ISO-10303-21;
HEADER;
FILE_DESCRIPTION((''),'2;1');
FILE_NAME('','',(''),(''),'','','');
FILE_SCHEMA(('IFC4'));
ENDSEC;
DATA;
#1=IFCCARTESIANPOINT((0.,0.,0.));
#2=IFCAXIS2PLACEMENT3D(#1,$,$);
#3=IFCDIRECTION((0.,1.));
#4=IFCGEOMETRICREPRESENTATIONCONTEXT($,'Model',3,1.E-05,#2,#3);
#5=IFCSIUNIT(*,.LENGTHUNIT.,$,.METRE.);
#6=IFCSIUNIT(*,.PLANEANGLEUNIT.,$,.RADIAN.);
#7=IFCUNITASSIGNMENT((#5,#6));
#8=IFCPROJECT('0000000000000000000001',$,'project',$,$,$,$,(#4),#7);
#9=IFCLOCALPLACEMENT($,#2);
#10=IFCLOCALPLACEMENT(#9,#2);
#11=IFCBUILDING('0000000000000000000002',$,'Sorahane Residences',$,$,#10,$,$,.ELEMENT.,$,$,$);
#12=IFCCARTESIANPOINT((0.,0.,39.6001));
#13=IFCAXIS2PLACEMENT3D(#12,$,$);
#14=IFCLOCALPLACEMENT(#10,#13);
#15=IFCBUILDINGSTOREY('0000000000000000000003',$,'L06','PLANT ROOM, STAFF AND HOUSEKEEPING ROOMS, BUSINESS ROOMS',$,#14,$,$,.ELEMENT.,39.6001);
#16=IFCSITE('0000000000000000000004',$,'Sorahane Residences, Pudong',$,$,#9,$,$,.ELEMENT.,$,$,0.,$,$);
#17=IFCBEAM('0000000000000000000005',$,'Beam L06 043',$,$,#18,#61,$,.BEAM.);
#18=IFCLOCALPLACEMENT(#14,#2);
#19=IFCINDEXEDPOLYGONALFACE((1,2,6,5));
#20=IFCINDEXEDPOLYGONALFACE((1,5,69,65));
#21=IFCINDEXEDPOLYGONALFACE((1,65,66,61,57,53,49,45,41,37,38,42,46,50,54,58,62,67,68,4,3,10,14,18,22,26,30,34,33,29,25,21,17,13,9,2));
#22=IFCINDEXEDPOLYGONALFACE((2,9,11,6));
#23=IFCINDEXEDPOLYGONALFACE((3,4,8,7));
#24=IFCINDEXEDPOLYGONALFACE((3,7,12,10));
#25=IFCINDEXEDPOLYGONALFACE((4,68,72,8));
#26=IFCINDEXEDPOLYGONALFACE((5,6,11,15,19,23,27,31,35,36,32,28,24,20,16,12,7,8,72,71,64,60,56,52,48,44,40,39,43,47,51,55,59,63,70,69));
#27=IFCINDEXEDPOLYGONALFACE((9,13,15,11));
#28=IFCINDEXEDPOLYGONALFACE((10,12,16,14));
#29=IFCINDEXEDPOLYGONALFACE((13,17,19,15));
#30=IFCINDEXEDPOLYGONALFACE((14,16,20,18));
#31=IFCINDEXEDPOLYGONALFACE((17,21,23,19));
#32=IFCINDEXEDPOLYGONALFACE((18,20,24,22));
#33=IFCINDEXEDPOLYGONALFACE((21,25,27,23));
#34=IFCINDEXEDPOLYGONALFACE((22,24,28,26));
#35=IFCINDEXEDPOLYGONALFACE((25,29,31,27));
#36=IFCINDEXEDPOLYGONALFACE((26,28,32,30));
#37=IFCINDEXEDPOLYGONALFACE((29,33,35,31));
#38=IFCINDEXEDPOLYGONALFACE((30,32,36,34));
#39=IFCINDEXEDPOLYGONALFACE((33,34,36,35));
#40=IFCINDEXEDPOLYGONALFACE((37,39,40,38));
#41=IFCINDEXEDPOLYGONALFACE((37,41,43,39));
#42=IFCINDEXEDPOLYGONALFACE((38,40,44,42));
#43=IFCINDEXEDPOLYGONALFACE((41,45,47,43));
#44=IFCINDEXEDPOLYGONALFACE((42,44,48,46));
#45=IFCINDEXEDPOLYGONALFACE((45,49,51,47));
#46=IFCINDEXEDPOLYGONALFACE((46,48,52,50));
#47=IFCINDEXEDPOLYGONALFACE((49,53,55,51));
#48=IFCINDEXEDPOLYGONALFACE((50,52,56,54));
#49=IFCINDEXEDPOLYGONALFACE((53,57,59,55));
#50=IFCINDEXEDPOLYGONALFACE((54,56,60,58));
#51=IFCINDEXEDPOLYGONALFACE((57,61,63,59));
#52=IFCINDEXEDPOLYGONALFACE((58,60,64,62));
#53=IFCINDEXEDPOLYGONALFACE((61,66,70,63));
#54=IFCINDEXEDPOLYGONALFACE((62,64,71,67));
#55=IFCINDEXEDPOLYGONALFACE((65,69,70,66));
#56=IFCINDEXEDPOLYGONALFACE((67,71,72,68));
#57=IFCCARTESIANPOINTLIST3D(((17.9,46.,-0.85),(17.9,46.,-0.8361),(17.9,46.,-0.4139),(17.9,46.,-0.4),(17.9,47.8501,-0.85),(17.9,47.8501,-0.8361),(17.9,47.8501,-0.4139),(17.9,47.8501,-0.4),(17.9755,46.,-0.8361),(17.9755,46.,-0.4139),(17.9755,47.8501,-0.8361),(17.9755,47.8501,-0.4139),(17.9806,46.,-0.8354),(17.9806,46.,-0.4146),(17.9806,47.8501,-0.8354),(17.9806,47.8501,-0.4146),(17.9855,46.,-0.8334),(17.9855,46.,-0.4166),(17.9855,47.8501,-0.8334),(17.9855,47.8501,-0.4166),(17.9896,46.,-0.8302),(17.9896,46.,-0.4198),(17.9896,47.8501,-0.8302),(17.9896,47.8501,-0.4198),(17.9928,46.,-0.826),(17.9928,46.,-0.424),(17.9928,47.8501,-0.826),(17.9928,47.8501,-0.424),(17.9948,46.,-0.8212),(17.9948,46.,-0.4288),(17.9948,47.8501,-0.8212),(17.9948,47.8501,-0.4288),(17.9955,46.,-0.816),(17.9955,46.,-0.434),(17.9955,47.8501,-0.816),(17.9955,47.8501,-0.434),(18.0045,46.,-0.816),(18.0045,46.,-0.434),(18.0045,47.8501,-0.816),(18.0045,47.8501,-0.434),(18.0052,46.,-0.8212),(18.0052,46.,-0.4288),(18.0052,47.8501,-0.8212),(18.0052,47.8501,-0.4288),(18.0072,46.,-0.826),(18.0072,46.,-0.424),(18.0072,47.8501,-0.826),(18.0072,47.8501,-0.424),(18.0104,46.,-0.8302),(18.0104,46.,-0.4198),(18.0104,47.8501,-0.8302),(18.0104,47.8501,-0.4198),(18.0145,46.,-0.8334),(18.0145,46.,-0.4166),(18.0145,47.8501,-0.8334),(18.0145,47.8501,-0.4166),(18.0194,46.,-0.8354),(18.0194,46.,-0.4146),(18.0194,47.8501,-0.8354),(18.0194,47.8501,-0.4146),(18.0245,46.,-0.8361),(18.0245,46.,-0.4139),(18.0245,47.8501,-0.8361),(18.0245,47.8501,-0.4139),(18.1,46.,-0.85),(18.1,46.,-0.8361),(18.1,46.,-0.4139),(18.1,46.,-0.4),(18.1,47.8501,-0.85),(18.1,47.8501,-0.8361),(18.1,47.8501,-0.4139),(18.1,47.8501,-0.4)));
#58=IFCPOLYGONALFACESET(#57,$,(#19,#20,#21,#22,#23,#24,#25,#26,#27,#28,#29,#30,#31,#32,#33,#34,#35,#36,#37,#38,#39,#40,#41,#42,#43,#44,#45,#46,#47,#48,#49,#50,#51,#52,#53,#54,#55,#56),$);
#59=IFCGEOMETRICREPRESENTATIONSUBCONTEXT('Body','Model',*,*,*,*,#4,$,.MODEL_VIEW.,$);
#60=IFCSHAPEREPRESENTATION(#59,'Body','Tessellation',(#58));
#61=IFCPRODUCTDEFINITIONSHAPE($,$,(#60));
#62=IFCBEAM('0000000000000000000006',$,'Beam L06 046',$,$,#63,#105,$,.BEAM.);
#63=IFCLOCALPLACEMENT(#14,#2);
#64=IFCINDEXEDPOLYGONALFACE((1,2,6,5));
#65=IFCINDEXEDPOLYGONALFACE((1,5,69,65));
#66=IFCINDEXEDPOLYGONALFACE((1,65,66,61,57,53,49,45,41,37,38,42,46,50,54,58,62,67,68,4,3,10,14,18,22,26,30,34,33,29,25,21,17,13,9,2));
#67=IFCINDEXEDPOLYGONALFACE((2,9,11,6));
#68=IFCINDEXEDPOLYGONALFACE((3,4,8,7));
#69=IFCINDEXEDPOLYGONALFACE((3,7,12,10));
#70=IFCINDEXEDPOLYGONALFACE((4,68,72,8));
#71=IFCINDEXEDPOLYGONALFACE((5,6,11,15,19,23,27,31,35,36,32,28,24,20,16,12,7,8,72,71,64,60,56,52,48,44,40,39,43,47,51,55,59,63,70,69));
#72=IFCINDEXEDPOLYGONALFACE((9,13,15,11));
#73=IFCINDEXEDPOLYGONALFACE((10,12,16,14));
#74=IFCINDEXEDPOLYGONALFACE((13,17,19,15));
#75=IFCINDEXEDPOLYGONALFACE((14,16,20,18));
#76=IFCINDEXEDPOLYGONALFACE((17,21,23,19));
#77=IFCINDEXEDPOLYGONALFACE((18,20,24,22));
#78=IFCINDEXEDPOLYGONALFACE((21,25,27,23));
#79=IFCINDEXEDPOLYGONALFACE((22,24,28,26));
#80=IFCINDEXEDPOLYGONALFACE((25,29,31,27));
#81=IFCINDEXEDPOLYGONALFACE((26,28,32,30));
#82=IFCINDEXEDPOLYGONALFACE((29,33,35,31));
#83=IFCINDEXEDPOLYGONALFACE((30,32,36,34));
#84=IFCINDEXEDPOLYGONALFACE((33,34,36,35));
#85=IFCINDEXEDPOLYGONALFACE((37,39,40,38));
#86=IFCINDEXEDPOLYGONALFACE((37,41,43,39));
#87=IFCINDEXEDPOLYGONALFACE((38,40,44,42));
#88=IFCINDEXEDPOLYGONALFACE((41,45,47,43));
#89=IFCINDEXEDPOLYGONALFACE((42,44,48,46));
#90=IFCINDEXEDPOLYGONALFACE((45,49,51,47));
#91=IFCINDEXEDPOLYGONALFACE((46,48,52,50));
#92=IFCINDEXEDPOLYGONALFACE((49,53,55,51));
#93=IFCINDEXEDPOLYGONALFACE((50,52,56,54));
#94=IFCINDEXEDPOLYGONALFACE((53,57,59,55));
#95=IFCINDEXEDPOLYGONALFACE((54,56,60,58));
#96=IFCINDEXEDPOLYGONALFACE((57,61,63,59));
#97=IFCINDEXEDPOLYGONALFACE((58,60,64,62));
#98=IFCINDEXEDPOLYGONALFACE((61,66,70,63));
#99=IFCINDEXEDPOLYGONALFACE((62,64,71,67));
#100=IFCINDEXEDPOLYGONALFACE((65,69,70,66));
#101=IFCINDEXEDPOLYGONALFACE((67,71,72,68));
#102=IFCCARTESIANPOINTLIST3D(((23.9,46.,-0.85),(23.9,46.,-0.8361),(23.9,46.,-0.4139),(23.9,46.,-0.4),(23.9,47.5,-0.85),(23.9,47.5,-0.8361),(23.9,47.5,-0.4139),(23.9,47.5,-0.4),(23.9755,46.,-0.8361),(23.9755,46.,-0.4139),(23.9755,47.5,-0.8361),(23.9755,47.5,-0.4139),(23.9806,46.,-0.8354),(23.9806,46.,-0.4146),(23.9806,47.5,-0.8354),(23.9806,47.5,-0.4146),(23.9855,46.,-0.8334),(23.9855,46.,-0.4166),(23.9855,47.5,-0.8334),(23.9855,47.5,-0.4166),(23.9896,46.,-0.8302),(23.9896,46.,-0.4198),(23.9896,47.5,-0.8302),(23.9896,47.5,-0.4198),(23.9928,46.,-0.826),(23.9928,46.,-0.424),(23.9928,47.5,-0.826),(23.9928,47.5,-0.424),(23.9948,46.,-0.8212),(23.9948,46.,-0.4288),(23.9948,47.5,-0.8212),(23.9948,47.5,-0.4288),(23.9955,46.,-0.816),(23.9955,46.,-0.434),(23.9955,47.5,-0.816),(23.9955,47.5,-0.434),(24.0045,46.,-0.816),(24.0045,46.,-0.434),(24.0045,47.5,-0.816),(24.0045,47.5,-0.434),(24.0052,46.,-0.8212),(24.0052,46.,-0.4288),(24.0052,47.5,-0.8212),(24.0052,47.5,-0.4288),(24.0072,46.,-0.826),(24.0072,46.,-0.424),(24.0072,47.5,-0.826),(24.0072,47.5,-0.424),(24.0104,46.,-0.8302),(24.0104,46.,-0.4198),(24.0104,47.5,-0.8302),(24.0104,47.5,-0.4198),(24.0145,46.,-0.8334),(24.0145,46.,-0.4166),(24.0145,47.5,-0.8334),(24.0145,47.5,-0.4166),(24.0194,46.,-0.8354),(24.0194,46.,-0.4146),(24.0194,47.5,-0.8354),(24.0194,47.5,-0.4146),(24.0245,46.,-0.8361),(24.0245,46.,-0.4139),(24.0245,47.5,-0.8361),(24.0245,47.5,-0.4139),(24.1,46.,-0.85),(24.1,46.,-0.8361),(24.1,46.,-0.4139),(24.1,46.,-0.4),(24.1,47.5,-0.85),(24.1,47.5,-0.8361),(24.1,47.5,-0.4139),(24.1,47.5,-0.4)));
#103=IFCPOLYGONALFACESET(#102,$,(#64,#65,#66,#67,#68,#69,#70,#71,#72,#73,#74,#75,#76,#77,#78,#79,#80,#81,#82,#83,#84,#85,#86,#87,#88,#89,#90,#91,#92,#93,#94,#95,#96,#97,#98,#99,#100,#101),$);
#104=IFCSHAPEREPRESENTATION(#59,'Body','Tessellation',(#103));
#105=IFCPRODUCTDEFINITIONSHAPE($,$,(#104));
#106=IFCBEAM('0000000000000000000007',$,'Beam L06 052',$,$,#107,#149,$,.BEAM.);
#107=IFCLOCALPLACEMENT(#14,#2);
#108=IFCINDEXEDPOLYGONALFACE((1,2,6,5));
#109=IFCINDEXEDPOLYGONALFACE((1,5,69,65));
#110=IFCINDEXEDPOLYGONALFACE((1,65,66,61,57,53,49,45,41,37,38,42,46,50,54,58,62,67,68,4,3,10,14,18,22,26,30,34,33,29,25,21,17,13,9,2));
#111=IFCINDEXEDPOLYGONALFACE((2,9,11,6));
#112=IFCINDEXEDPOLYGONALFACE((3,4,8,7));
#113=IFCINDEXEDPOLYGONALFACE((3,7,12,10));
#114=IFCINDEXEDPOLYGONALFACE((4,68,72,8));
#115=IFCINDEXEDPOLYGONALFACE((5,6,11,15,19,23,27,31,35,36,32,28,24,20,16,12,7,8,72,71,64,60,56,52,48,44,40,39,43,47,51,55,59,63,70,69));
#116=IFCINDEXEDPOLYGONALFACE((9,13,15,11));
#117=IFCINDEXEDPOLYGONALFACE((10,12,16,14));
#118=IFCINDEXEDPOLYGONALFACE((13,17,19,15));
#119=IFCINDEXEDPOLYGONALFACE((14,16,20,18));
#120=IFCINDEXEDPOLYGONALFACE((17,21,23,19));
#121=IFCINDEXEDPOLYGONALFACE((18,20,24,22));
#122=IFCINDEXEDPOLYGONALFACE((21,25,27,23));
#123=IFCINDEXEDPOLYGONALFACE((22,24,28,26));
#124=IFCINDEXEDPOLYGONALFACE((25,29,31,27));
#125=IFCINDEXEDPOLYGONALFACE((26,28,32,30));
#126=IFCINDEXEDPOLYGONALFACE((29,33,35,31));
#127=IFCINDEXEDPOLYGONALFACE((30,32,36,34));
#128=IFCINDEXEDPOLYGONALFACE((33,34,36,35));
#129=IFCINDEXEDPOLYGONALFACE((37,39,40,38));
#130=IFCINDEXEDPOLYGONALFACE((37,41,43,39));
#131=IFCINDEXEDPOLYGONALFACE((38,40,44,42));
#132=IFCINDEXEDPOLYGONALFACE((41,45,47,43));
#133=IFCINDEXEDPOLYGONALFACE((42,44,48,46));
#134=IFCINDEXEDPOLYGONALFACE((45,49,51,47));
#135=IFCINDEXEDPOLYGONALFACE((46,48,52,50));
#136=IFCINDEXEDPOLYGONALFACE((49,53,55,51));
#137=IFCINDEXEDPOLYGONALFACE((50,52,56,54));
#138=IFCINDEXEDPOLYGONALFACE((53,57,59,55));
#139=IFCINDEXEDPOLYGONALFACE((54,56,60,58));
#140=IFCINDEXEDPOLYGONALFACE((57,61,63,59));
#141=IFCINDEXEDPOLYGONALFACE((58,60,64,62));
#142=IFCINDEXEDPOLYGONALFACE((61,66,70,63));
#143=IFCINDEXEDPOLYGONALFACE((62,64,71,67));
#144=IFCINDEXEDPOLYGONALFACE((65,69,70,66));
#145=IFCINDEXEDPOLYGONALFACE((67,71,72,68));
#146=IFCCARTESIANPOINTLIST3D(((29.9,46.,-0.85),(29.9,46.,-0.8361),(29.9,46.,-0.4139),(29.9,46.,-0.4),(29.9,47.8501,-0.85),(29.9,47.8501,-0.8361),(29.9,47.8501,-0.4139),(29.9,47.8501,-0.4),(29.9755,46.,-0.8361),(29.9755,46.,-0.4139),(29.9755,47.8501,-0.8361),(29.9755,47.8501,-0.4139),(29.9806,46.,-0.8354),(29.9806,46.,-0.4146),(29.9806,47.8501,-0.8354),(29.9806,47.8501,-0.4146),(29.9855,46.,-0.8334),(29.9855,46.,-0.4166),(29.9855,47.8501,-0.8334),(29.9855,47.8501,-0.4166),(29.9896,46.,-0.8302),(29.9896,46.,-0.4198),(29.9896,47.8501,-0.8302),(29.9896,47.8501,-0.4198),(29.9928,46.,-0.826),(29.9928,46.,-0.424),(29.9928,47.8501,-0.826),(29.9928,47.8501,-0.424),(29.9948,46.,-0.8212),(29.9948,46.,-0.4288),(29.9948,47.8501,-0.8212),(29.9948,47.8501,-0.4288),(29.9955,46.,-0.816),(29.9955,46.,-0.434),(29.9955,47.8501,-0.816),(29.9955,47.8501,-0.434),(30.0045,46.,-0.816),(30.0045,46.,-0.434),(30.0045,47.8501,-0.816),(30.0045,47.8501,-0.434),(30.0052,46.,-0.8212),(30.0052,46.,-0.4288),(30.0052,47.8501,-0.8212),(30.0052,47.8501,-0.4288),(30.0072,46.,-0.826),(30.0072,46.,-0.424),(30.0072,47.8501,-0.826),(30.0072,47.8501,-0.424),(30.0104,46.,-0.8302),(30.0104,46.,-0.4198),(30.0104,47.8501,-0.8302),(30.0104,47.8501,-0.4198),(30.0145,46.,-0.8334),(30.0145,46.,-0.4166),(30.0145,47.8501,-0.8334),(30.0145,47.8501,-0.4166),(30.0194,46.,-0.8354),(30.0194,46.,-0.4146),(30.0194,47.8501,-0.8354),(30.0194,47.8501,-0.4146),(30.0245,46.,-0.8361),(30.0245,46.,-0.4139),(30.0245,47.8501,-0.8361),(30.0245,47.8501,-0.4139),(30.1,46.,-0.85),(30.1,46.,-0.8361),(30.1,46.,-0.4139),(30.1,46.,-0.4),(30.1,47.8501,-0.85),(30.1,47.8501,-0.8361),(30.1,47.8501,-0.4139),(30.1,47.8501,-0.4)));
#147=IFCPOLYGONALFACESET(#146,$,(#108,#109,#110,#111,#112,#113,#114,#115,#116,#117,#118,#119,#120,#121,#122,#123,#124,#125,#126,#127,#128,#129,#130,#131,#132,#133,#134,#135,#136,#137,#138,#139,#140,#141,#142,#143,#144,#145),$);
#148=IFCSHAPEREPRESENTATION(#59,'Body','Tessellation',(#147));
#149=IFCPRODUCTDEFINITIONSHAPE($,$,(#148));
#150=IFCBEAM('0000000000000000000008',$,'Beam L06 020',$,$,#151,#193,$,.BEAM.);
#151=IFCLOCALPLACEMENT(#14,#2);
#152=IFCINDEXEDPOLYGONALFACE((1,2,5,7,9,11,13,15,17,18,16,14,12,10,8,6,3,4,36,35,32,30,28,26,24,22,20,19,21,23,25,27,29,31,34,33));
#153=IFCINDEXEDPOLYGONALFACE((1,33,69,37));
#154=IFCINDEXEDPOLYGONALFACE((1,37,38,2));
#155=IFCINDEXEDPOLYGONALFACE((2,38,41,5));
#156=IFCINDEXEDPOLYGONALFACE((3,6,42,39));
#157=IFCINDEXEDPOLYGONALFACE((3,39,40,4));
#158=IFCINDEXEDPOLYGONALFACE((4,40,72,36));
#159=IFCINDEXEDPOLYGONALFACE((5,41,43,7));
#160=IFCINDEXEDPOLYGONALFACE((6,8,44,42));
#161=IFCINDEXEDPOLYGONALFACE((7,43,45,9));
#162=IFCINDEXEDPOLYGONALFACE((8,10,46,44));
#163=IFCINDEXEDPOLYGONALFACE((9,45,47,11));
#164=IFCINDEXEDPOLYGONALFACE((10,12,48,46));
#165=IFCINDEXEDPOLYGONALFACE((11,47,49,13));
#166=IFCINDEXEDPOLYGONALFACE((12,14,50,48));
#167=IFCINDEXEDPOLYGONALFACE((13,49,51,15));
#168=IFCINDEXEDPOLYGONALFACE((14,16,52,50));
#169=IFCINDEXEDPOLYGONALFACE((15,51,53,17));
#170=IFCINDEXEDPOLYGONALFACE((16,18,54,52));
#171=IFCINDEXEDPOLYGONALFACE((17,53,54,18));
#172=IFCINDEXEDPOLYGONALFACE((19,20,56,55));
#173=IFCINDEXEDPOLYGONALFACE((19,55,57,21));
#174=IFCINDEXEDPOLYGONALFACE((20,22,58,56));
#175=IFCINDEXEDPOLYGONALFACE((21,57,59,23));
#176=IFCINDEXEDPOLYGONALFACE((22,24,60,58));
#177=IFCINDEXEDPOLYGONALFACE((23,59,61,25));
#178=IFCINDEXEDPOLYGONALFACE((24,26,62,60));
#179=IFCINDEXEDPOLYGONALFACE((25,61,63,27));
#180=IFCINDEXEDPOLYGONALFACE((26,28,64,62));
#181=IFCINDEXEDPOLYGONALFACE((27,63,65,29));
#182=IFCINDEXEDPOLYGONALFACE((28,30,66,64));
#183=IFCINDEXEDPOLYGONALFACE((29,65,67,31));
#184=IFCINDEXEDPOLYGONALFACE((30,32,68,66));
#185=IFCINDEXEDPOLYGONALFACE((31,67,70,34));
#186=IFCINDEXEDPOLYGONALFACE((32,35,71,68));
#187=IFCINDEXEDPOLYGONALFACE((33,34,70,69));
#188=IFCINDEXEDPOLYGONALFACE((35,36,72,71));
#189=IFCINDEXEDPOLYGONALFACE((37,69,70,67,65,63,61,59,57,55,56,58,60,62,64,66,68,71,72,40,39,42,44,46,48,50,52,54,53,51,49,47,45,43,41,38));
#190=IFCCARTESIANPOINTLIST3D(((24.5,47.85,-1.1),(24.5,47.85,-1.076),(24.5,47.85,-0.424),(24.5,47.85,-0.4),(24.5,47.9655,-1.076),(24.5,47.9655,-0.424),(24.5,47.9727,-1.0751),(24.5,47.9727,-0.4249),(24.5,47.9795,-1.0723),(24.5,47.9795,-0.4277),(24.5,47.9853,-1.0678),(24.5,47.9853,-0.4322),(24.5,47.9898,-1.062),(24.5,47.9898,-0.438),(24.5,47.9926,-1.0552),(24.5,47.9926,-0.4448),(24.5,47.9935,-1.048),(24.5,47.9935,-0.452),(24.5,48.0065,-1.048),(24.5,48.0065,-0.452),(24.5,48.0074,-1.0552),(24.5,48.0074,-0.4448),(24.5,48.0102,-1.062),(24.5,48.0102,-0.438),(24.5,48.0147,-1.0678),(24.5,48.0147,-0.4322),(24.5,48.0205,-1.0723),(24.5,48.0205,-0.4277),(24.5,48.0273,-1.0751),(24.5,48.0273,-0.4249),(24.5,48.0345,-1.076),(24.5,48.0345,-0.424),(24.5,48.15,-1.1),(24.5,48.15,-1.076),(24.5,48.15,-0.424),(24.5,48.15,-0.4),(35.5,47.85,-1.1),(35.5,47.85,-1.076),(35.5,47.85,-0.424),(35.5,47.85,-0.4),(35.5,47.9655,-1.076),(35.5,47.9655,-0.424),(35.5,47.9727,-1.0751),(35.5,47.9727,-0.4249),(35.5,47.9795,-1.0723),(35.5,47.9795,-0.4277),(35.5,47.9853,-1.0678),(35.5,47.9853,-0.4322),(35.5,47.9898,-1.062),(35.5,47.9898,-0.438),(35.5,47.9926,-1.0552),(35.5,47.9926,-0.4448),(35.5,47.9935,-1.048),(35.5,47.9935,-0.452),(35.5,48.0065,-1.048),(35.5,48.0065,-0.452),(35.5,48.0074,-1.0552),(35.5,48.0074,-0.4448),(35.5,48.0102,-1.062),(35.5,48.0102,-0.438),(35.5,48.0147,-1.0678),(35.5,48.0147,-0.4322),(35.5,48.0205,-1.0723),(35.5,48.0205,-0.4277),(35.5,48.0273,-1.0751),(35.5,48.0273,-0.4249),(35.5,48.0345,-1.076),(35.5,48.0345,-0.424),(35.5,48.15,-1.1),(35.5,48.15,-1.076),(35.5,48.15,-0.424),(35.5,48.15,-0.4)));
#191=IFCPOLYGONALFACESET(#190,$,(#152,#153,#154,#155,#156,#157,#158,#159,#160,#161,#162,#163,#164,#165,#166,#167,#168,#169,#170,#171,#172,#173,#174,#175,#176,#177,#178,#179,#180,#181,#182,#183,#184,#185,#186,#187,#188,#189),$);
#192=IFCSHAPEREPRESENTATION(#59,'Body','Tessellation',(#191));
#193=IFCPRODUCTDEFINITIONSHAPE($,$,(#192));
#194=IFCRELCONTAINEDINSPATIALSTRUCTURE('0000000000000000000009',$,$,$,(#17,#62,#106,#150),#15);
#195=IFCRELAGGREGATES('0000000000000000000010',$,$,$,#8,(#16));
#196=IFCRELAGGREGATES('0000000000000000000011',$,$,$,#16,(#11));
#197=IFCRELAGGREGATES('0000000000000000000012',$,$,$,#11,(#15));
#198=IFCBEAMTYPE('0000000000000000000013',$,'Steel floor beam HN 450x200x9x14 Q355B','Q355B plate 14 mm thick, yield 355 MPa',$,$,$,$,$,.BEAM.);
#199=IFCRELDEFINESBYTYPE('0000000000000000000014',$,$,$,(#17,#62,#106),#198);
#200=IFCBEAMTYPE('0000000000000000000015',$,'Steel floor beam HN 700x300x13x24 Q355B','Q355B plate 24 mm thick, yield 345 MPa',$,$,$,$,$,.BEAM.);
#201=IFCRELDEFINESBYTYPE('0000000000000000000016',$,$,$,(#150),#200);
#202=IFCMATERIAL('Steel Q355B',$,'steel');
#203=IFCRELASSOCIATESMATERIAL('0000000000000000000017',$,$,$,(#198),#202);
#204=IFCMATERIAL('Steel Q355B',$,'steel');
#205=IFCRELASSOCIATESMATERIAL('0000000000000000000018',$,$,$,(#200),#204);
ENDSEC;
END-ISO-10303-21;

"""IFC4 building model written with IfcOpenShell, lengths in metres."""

from ifc_helpers import new_model, si_unit, direction, frame, origin, origin_2d, place, context, subcontext, project, spatial, i_section, extrude, material, material_profile, profile_set, type_object, element, save


model = new_model("IFC4")

# Units and contexts
model_context = context("Model", 3, precision=1e-05, world=origin(), true_north=direction((0.0, 1.0)))
body_context = subcontext(model_context, "Body", "Model", "MODEL_VIEW")
ifc_project = project(units=[si_unit("LENGTHUNIT", "METRE"), si_unit("PLANEANGLEUNIT", "RADIAN")], contexts=[model_context])

# Site, building, storey
site_placement = place(None, origin())
site = spatial("IfcSite", under=ifc_project, at=site_placement, Name="Sorahane Residences, Pudong", CompositionType="ELEMENT", RefElevation=0.0)
building_placement = place(site_placement, origin())
building = spatial("IfcBuilding", under=site, at=building_placement, Name="Sorahane Residences", CompositionType="ELEMENT")
storey_placement = place(building_placement, frame((0.0, 0.0, 39.6001)))
storey = spatial("IfcBuildingStorey", under=building, at=storey_placement, Name="L06", Description="PLANT ROOM, STAFF AND HOUSEKEEPING ROOMS, BUSINESS ROOMS", CompositionType="ELEMENT", Elevation=39.6001)

# Beams
ifc_material_1 = material(Name="Steel Q355B", Category="steel")
ifc_material_profile_1 = material_profile(ifc_material_1, i_section(OverallWidth=0.2, OverallDepth=0.45, WebThickness=0.009, FlangeThickness=0.0139, FilletRadius=0.02, at=origin_2d()), Name="HN 450x200x9x14")
ifc_profile_set_1 = profile_set([ifc_material_profile_1], Name="Steel Q355B")
beam_type_1 = type_object("IfcBeamType", Name="Steel floor beam HN 450x200x9x14 Q355B", Description="Q355B plate 14 mm thick, yield 355 MPa", PredefinedType="BEAM", material=ifc_profile_set_1)
beam_1_placement = place(storey_placement, frame((18.0, 46.0, -0.625), z_axis=(0.0, 1.0, 0.0), x_axis=(-1.0, 0.0, 0.0)))
element("IfcBeam", 1, at=beam_1_placement, inside=storey, type_object=beam_type_1, Name="Beam L06 043", PredefinedType="BEAM", context=body_context, shape_type="SweptSolid", body=[
    extrude(i_section(OverallWidth=0.2, OverallDepth=0.45, WebThickness=0.009, FlangeThickness=0.0139, FilletRadius=0.02, at=origin_2d()), origin(), (0.0, 0.0, 1.0), 1.8501),
])
beam_2_placement = place(storey_placement, frame((24.0, 46.0, -0.625), z_axis=(0.0, 1.0, 0.0), x_axis=(-1.0, 0.0, 0.0)))
element("IfcBeam", 2, at=beam_2_placement, inside=storey, type_object=beam_type_1, Name="Beam L06 046", PredefinedType="BEAM", context=body_context, shape_type="SweptSolid", body=[
    extrude(i_section(OverallWidth=0.2, OverallDepth=0.45, WebThickness=0.009, FlangeThickness=0.0139, FilletRadius=0.02, at=origin_2d()), origin(), (0.0, 0.0, 1.0), 1.5),
])
beam_3_placement = place(storey_placement, frame((30.0, 46.0, -0.625), z_axis=(0.0, 1.0, 0.0), x_axis=(-1.0, 0.0, 0.0)))
element("IfcBeam", 3, at=beam_3_placement, inside=storey, type_object=beam_type_1, Name="Beam L06 052", PredefinedType="BEAM", context=body_context, shape_type="SweptSolid", body=[
    extrude(i_section(OverallWidth=0.2, OverallDepth=0.45, WebThickness=0.009, FlangeThickness=0.0139, FilletRadius=0.02, at=origin_2d()), origin(), (0.0, 0.0, 1.0), 1.8501),
])
ifc_material_2 = material(Name="Steel Q355B", Category="steel")
ifc_material_profile_2 = material_profile(ifc_material_2, i_section(OverallWidth=0.3, OverallDepth=0.7, WebThickness=0.0129, FlangeThickness=0.0239, FilletRadius=0.0281, at=origin_2d()), Name="HN 700x300x13x24")
ifc_profile_set_2 = profile_set([ifc_material_profile_2], Name="Steel Q355B")
beam_type_2 = type_object("IfcBeamType", Name="Steel floor beam HN 700x300x13x24 Q355B", Description="Q355B plate 24 mm thick, yield 345 MPa", PredefinedType="BEAM", material=ifc_profile_set_2)
beam_4_placement = place(storey_placement, frame((24.5, 48.0, -0.75), z_axis=(1.0, 0.0, 0.0), x_axis=(0.0, 1.0, 0.0)))
element("IfcBeam", 4, at=beam_4_placement, inside=storey, type_object=beam_type_2, Name="Beam L06 020", PredefinedType="BEAM", context=body_context, shape_type="SweptSolid", body=[
    extrude(i_section(OverallWidth=0.3, OverallDepth=0.7, WebThickness=0.0129, FlangeThickness=0.0239, FilletRadius=0.0281, at=origin_2d()), origin(), (0.0, 0.0, 1.0), 11.0),
])

save(model, "model.ifc")
